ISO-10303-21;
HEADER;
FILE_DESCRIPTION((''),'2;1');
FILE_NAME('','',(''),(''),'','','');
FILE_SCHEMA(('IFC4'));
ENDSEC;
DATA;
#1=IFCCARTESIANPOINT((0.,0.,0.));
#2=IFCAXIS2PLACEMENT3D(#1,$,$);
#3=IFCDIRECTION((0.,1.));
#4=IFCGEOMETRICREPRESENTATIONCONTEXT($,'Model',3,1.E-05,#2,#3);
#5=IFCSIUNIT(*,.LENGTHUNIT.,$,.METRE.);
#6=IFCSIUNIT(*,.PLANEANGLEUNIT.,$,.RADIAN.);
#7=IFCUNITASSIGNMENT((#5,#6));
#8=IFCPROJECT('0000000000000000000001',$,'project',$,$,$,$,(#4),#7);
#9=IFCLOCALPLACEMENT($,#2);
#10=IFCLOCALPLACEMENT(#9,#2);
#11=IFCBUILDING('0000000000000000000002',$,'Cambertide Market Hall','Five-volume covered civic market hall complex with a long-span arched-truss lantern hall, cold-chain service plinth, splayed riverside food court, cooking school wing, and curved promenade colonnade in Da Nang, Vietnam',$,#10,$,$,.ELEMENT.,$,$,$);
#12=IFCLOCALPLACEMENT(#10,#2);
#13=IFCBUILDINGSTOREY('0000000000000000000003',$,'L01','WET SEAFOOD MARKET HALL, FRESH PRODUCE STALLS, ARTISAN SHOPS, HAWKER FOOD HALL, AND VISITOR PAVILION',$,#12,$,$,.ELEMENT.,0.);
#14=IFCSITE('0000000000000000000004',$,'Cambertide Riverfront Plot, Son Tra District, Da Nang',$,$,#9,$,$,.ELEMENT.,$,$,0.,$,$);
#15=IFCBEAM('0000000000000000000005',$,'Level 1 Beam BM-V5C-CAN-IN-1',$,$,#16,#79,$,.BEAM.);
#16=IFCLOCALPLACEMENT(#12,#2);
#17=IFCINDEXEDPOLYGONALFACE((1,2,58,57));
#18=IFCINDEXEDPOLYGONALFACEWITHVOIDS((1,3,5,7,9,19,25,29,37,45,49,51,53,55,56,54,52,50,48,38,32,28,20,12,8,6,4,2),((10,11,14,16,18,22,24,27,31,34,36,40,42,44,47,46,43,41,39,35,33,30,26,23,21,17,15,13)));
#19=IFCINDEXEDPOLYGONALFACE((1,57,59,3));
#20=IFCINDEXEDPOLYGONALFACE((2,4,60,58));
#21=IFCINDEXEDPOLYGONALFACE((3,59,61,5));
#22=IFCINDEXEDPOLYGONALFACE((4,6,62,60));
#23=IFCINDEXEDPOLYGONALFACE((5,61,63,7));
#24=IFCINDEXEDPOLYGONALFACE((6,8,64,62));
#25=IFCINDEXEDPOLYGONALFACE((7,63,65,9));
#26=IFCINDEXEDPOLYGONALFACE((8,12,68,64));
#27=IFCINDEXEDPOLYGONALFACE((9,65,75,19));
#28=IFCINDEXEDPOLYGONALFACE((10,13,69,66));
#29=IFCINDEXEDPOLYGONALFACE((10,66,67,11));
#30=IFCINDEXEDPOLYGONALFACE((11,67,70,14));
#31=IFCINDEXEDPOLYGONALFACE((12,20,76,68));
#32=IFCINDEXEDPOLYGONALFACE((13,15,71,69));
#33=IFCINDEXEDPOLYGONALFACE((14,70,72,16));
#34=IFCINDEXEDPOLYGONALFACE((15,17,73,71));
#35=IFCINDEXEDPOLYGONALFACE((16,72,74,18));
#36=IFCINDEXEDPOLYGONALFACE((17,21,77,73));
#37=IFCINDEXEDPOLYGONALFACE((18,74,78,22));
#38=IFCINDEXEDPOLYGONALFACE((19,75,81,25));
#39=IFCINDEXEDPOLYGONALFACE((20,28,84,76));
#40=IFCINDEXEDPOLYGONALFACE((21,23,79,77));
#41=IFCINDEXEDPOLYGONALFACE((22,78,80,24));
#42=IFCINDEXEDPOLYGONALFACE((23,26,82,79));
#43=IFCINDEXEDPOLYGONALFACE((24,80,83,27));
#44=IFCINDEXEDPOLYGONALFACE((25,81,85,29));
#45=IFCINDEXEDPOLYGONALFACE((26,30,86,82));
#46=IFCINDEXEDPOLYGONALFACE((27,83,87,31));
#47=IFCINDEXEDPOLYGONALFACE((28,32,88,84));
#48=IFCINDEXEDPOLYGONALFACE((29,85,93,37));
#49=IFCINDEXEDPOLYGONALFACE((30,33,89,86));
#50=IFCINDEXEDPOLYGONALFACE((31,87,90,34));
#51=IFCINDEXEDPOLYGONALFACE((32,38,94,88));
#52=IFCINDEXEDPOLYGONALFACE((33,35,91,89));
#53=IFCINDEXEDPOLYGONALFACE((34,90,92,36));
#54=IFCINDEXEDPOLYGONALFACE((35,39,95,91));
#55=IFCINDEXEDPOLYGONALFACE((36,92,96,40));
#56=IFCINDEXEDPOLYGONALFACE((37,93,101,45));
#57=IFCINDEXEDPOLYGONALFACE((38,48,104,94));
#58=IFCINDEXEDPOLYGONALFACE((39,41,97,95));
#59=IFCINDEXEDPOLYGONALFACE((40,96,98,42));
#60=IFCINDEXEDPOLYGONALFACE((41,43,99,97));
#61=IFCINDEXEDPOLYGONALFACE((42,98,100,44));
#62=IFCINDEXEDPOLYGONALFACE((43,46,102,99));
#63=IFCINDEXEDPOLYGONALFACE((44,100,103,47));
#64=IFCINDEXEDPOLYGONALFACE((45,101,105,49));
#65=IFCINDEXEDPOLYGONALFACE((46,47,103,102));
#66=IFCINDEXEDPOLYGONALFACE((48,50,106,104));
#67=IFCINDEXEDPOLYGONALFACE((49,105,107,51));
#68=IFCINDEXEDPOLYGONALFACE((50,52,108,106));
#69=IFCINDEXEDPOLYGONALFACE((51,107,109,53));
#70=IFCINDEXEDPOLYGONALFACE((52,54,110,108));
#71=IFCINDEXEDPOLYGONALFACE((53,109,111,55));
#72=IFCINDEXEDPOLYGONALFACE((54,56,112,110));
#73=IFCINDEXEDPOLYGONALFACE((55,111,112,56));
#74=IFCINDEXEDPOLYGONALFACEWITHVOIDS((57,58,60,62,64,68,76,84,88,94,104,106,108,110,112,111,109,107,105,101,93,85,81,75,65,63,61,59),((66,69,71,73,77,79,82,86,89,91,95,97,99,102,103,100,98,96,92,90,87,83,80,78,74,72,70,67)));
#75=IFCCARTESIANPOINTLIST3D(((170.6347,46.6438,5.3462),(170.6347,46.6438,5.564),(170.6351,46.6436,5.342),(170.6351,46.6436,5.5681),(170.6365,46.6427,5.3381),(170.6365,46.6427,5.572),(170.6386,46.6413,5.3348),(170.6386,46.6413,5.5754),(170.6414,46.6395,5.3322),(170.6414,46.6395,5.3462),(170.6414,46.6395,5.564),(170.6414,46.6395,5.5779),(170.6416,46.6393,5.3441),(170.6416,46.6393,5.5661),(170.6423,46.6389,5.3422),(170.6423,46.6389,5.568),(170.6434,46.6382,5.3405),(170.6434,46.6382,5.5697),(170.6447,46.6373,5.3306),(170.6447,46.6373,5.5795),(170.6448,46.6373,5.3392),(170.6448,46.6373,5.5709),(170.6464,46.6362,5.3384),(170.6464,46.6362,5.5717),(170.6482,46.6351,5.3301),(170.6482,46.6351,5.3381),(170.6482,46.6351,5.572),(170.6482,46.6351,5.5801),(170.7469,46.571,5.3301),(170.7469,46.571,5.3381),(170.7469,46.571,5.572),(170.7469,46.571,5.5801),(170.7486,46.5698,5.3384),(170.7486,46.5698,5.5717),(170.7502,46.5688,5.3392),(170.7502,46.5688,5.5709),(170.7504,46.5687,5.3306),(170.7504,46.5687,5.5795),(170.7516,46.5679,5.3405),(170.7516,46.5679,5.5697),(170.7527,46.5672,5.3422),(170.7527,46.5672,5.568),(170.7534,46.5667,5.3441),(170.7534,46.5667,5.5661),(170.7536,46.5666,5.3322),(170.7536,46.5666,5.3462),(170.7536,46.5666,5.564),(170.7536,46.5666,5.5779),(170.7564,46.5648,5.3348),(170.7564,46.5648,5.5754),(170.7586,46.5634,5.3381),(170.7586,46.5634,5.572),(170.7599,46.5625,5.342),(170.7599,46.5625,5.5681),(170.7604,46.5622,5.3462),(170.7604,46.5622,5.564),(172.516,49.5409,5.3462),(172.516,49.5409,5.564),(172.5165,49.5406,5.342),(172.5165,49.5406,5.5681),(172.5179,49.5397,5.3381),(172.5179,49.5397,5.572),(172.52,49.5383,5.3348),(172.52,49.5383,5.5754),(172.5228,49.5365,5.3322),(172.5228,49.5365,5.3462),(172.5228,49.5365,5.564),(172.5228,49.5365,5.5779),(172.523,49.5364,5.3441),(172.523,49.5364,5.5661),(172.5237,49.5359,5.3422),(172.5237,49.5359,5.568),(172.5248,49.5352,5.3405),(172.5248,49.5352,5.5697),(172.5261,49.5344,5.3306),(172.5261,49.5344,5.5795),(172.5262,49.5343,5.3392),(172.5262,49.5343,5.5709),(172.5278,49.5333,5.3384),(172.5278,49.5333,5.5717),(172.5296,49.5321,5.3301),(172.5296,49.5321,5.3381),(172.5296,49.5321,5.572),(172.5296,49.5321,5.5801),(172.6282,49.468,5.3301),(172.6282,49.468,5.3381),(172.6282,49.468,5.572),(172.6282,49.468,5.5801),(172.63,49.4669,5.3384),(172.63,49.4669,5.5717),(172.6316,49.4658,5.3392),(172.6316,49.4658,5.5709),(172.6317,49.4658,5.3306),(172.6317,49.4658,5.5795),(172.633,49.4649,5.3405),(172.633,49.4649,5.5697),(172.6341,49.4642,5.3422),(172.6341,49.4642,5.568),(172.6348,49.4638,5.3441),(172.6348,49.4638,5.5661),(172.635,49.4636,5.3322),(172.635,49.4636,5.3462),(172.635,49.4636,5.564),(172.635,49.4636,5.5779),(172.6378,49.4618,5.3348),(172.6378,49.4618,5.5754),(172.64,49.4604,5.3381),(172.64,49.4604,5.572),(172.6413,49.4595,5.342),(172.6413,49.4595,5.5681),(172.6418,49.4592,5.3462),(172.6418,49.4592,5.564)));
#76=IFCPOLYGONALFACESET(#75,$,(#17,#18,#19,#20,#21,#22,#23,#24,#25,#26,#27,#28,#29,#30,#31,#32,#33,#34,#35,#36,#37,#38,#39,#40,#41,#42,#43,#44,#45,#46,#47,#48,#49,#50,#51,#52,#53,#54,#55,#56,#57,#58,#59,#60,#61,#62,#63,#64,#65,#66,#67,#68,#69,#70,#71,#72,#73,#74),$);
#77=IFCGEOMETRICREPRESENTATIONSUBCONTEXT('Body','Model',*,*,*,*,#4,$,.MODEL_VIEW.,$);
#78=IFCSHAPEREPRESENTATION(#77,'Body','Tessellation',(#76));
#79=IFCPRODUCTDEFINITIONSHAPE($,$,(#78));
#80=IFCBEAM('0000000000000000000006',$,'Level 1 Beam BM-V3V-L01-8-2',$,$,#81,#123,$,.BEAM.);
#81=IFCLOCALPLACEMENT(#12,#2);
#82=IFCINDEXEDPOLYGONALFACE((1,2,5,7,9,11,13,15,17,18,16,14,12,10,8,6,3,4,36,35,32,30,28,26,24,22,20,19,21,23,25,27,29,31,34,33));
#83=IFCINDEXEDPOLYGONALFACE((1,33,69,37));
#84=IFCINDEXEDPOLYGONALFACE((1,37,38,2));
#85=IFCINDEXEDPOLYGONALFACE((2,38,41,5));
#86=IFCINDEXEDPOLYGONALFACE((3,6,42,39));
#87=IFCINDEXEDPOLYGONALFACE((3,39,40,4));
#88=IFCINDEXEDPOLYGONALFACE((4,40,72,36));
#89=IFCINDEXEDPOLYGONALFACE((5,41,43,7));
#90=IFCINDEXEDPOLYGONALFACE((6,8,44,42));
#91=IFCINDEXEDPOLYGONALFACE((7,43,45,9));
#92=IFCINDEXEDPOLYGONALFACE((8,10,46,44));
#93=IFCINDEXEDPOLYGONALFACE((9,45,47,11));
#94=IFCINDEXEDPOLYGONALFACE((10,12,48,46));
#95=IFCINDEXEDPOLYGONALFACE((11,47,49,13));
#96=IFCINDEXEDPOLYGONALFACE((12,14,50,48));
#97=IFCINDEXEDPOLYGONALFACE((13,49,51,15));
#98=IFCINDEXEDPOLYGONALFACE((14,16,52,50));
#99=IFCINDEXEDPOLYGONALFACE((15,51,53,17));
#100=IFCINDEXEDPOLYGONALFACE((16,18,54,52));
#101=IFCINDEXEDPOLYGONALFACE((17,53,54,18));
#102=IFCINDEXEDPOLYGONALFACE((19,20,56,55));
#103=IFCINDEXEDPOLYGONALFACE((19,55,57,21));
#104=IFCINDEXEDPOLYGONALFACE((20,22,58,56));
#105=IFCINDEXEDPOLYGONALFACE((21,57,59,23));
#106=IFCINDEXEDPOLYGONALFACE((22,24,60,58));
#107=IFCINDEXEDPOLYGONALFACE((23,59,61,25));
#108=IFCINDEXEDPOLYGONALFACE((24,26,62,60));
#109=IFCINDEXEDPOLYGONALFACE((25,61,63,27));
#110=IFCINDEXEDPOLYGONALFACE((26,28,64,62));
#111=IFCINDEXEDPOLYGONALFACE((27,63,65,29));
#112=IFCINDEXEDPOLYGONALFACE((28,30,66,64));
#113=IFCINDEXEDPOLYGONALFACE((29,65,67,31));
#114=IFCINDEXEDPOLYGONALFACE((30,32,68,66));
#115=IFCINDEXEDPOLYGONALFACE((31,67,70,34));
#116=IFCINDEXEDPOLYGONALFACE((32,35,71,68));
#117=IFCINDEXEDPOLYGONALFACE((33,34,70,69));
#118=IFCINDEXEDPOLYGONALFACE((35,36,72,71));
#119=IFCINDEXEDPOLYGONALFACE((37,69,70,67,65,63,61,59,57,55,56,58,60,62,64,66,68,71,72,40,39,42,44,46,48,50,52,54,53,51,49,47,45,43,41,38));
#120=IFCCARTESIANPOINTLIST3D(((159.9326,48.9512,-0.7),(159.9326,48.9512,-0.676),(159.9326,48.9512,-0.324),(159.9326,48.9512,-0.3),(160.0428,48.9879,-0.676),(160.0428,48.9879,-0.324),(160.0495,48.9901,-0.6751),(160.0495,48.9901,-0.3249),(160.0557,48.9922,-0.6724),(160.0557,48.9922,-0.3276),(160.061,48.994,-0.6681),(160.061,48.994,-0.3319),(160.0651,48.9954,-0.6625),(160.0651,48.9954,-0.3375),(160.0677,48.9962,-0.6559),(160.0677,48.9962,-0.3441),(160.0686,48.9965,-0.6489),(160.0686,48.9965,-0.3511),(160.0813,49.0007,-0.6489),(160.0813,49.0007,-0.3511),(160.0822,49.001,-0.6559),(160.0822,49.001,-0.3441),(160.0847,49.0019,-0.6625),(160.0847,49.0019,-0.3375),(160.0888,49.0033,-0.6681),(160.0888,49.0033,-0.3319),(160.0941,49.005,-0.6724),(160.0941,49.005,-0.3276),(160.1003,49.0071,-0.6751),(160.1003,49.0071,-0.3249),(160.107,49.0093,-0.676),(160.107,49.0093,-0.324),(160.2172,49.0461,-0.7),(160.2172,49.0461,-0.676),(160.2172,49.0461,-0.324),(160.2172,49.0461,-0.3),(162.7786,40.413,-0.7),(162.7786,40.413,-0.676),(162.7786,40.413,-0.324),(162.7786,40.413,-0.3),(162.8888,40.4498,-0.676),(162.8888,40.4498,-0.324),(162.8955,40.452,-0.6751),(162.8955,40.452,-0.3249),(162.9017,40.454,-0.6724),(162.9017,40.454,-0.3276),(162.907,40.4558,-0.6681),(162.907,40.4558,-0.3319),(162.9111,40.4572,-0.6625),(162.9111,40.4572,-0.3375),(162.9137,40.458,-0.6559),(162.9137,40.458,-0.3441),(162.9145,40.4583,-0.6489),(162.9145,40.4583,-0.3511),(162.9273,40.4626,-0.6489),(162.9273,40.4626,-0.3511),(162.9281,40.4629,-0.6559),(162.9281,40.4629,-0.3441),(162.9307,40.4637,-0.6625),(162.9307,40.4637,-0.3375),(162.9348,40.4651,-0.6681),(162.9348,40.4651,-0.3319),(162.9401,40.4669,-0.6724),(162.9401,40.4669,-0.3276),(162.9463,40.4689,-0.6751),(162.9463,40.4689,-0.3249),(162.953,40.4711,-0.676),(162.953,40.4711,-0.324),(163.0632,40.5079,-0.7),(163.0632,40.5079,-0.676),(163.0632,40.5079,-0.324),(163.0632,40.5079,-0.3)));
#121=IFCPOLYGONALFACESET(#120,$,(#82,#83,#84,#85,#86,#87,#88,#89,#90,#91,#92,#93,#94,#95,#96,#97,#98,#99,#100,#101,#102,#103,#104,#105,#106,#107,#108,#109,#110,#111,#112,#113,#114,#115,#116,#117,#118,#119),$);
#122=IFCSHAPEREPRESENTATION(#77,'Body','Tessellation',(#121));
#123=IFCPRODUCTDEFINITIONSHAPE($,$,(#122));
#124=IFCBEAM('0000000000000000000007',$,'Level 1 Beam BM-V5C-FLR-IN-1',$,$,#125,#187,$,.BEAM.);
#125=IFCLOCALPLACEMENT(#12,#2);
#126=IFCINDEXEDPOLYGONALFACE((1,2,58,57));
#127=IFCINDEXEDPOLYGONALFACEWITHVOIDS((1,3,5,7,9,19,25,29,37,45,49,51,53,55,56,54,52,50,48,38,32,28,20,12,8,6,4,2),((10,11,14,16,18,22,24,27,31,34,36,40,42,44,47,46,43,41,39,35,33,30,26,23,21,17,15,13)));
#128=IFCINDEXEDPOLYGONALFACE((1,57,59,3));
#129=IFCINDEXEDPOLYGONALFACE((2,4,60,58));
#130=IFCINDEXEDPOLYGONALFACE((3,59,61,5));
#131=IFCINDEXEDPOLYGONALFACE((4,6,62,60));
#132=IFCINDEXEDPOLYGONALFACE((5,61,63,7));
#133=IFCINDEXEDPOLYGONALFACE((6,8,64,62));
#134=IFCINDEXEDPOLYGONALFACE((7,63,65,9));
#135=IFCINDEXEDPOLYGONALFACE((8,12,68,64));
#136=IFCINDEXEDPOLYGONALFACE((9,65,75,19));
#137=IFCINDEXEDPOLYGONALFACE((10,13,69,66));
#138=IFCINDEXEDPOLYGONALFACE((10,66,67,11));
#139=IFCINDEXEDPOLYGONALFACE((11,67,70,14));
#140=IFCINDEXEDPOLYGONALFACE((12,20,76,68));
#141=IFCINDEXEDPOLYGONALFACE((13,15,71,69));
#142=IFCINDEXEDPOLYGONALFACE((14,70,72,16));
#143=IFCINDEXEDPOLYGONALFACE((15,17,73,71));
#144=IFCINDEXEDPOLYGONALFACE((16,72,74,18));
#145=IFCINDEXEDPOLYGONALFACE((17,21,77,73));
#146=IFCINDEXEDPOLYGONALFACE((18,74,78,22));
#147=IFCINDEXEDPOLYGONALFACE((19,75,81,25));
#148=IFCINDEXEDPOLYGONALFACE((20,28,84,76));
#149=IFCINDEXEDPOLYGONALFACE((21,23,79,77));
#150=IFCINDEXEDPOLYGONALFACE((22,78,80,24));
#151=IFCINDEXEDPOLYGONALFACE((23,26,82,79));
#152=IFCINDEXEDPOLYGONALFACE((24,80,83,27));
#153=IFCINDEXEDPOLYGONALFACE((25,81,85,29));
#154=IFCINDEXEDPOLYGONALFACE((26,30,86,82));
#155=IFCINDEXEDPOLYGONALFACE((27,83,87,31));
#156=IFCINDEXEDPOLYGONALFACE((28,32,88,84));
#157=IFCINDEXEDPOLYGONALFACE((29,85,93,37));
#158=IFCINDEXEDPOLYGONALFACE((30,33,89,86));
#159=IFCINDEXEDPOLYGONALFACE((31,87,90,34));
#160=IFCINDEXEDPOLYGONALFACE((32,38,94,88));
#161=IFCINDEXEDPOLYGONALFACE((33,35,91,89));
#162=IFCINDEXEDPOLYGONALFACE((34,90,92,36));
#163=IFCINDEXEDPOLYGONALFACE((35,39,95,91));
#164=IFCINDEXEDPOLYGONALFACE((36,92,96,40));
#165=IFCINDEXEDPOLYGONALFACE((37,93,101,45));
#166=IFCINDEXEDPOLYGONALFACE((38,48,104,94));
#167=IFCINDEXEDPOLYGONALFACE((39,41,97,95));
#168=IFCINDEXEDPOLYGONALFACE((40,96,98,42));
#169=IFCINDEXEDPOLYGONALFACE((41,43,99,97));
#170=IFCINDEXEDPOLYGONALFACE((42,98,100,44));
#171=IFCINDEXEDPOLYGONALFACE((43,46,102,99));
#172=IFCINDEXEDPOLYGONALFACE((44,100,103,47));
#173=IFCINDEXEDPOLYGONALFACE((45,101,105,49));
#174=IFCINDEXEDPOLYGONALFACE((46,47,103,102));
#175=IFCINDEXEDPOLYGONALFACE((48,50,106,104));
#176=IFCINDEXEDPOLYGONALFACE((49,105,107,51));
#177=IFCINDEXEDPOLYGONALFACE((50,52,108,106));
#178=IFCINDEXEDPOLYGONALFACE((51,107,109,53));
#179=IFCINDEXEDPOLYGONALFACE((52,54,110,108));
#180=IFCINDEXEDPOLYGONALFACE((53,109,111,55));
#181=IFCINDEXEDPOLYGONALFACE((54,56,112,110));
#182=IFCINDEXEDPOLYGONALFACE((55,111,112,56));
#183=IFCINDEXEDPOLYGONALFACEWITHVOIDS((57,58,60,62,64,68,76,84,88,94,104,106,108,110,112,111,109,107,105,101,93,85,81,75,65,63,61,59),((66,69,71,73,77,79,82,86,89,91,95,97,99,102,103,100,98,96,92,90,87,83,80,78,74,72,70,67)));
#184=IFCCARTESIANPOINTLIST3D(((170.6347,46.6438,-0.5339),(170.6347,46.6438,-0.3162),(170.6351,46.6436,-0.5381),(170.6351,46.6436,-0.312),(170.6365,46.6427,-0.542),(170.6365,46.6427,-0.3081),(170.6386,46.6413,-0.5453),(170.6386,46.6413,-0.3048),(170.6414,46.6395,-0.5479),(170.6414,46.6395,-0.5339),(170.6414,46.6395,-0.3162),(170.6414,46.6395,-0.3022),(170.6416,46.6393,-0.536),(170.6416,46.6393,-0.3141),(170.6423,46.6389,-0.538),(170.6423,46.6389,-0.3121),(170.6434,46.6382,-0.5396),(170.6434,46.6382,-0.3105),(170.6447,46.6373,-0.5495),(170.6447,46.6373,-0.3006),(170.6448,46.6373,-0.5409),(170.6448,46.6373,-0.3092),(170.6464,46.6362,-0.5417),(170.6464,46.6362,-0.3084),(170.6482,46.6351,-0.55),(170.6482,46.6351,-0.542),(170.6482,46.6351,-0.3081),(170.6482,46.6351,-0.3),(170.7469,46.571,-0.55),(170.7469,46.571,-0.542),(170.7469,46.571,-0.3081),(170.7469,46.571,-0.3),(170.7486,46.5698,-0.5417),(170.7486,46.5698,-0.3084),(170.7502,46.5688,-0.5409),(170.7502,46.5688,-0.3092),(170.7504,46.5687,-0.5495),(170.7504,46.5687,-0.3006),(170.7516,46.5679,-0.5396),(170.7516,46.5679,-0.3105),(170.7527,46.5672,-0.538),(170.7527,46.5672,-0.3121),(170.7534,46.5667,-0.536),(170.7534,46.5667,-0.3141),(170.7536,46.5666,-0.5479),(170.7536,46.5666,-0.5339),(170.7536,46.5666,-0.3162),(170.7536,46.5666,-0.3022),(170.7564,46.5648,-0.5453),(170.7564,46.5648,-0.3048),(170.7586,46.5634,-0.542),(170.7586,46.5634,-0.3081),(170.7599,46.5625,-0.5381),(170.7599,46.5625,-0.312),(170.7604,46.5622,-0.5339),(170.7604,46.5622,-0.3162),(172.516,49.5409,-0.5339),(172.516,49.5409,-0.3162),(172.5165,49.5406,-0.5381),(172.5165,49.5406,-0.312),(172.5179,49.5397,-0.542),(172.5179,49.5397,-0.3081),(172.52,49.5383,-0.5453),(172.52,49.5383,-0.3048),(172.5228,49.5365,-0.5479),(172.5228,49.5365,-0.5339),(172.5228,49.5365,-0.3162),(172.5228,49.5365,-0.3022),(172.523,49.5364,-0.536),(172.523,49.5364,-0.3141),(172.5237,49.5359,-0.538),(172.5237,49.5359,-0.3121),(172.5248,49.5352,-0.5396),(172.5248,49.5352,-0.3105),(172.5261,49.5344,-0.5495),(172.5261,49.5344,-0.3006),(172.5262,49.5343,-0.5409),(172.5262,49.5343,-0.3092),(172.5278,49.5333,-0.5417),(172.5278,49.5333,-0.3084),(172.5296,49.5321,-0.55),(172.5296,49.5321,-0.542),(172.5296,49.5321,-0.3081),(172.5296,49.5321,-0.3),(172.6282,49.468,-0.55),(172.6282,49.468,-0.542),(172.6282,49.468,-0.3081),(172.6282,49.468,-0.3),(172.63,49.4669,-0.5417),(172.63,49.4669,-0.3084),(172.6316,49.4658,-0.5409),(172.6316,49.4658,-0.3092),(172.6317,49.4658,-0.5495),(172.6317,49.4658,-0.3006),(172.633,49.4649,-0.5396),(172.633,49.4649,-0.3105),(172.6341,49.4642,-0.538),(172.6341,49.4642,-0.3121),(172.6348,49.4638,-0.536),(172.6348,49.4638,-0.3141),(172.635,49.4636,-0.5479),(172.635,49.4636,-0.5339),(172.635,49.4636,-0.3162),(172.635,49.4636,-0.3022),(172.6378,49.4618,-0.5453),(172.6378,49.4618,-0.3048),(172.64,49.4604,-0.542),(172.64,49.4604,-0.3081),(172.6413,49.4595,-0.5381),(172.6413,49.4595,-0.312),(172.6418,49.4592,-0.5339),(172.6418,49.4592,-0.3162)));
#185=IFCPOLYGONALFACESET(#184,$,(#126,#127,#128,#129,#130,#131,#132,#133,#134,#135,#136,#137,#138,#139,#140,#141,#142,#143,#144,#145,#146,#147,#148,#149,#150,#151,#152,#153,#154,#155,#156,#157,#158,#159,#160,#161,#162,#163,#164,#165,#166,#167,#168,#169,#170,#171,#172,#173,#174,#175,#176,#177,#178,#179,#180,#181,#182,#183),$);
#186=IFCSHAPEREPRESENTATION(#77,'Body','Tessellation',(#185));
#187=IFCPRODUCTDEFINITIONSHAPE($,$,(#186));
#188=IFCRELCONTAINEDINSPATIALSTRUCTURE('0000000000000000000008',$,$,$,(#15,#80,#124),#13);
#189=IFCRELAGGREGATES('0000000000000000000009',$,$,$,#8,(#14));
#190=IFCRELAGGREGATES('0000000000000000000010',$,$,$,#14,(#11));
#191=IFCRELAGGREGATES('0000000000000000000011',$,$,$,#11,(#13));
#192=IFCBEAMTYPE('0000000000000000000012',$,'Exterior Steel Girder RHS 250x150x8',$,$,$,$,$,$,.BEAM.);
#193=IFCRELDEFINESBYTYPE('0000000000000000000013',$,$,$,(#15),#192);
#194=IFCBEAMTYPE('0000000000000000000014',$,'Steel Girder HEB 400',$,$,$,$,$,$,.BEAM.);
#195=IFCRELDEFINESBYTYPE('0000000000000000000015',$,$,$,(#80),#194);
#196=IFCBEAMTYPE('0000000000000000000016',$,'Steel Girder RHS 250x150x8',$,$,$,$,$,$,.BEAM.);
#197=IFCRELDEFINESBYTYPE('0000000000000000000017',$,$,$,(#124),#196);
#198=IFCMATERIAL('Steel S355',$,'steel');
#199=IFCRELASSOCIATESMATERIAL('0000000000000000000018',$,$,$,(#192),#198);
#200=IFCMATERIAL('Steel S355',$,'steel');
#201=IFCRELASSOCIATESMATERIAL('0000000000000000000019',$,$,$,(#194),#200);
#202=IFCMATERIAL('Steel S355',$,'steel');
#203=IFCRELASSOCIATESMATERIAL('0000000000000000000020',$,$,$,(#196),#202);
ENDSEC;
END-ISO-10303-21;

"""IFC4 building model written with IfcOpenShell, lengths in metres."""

from ifc_helpers import new_model, si_unit, direction, frame, origin, origin_2d, place, context, subcontext, project, spatial, hollow_rectangle, i_section, extrude, material, material_profile, profile_set, type_object, element, save


model = new_model("IFC4")

# Units and contexts
model_context = context("Model", 3, precision=1e-05, world=origin(), true_north=direction((0.0, 1.0)))
body_context = subcontext(model_context, "Body", "Model", "MODEL_VIEW")
ifc_project = project(units=[si_unit("LENGTHUNIT", "METRE"), si_unit("PLANEANGLEUNIT", "RADIAN")], contexts=[model_context])

# Site, building, storey
site_placement = place(None, origin())
site = spatial("IfcSite", under=ifc_project, at=site_placement, Name="Cambertide Riverfront Plot, Son Tra District, Da Nang", CompositionType="ELEMENT", RefElevation=0.0)
building_placement = place(site_placement, origin())
building = spatial("IfcBuilding", under=site, at=building_placement, Name="Cambertide Market Hall", Description="Five-volume covered civic market hall complex with a long-span arched-truss lantern hall, cold-chain service plinth, splayed riverside food court, cooking school wing, and curved promenade colonnade in Da Nang, Vietnam", CompositionType="ELEMENT")
storey_placement = place(building_placement, origin())
storey = spatial("IfcBuildingStorey", under=building, at=storey_placement, Name="L01", Description="WET SEAFOOD MARKET HALL, FRESH PRODUCE STALLS, ARTISAN SHOPS, HAWKER FOOD HALL, AND VISITOR PAVILION", CompositionType="ELEMENT", Elevation=0.0)

# Beams
ifc_material_1 = material(Name="Steel S355", Category="steel")
ifc_material_profile_1 = material_profile(ifc_material_1, hollow_rectangle(XDim=0.1499, YDim=0.25, WallThickness=0.0081, InnerFilletRadius=0.0081, OuterFilletRadius=0.0161, at=origin_2d()), Name="RHS 250x150x8")
ifc_profile_set_1 = profile_set([ifc_material_profile_1], Name="Steel S355")
beam_type_1 = type_object("IfcBeamType", Name="Exterior Steel Girder RHS 250x150x8", PredefinedType="BEAM", material=ifc_profile_set_1)
beam_1_placement = place(storey_placement, frame((170.6975, 46.603, 5.4551), z_axis=(0.544645, 0.838666, 0.0), x_axis=(-0.838666, 0.544645, 0.0)))
element("IfcBeam", 1, at=beam_1_placement, inside=storey, type_object=beam_type_1, Name="Level 1 Beam BM-V5C-CAN-IN-1", PredefinedType="BEAM", context=body_context, shape_type="SweptSolid", body=[
    extrude(hollow_rectangle(XDim=0.1499, YDim=0.25, WallThickness=0.0081, InnerFilletRadius=0.0081, OuterFilletRadius=0.0161, at=origin_2d()), origin(), (0.0, 0.0, 1.0), 3.4543),
])
ifc_material_2 = material(Name="Steel S355", Category="steel")
ifc_material_profile_2 = material_profile(ifc_material_2, i_section(OverallWidth=0.3, OverallDepth=0.3999, WebThickness=0.0134, FlangeThickness=0.0239, FilletRadius=0.0271, at=origin_2d()), Name="HEB 400")
ifc_profile_set_2 = profile_set([ifc_material_profile_2], Name="Steel S355")
beam_type_2 = type_object("IfcBeamType", Name="Steel Girder HEB 400", PredefinedType="BEAM", material=ifc_profile_set_2)
beam_2_placement = place(storey_placement, frame((162.9209, 40.4604, -0.5), z_axis=(-0.31622, 0.948686, 0.0), x_axis=(-0.948686, -0.31622, 0.0)))
element("IfcBeam", 2, at=beam_2_placement, inside=storey, type_object=beam_type_2, Name="Level 1 Beam BM-V3V-L01-8-2", PredefinedType="BEAM", context=body_context, shape_type="SweptSolid", body=[
    extrude(i_section(OverallWidth=0.3, OverallDepth=0.3999, WebThickness=0.0134, FlangeThickness=0.0239, FilletRadius=0.0271, at=origin_2d()), origin(), (0.0, 0.0, 1.0), 9.0),
])
ifc_material_3 = material(Name="Steel S355", Category="steel")
ifc_material_profile_3 = material_profile(ifc_material_3, hollow_rectangle(XDim=0.1499, YDim=0.25, WallThickness=0.0081, InnerFilletRadius=0.0081, OuterFilletRadius=0.0161, at=origin_2d()), Name="RHS 250x150x8")
ifc_profile_set_3 = profile_set([ifc_material_profile_3], Name="Steel S355")
beam_type_3 = type_object("IfcBeamType", Name="Steel Girder RHS 250x150x8", PredefinedType="BEAM", material=ifc_profile_set_3)
beam_3_placement = place(storey_placement, frame((170.6975, 46.603, -0.425), z_axis=(0.544645, 0.838666, 0.0), x_axis=(-0.838666, 0.544645, 0.0)))
element("IfcBeam", 3, at=beam_3_placement, inside=storey, type_object=beam_type_3, Name="Level 1 Beam BM-V5C-FLR-IN-1", PredefinedType="BEAM", context=body_context, shape_type="SweptSolid", body=[
    extrude(hollow_rectangle(XDim=0.1499, YDim=0.25, WallThickness=0.0081, InnerFilletRadius=0.0081, OuterFilletRadius=0.0161, at=origin_2d()), origin(), (0.0, 0.0, 1.0), 3.4543),
])

save(model, "model.ifc")
